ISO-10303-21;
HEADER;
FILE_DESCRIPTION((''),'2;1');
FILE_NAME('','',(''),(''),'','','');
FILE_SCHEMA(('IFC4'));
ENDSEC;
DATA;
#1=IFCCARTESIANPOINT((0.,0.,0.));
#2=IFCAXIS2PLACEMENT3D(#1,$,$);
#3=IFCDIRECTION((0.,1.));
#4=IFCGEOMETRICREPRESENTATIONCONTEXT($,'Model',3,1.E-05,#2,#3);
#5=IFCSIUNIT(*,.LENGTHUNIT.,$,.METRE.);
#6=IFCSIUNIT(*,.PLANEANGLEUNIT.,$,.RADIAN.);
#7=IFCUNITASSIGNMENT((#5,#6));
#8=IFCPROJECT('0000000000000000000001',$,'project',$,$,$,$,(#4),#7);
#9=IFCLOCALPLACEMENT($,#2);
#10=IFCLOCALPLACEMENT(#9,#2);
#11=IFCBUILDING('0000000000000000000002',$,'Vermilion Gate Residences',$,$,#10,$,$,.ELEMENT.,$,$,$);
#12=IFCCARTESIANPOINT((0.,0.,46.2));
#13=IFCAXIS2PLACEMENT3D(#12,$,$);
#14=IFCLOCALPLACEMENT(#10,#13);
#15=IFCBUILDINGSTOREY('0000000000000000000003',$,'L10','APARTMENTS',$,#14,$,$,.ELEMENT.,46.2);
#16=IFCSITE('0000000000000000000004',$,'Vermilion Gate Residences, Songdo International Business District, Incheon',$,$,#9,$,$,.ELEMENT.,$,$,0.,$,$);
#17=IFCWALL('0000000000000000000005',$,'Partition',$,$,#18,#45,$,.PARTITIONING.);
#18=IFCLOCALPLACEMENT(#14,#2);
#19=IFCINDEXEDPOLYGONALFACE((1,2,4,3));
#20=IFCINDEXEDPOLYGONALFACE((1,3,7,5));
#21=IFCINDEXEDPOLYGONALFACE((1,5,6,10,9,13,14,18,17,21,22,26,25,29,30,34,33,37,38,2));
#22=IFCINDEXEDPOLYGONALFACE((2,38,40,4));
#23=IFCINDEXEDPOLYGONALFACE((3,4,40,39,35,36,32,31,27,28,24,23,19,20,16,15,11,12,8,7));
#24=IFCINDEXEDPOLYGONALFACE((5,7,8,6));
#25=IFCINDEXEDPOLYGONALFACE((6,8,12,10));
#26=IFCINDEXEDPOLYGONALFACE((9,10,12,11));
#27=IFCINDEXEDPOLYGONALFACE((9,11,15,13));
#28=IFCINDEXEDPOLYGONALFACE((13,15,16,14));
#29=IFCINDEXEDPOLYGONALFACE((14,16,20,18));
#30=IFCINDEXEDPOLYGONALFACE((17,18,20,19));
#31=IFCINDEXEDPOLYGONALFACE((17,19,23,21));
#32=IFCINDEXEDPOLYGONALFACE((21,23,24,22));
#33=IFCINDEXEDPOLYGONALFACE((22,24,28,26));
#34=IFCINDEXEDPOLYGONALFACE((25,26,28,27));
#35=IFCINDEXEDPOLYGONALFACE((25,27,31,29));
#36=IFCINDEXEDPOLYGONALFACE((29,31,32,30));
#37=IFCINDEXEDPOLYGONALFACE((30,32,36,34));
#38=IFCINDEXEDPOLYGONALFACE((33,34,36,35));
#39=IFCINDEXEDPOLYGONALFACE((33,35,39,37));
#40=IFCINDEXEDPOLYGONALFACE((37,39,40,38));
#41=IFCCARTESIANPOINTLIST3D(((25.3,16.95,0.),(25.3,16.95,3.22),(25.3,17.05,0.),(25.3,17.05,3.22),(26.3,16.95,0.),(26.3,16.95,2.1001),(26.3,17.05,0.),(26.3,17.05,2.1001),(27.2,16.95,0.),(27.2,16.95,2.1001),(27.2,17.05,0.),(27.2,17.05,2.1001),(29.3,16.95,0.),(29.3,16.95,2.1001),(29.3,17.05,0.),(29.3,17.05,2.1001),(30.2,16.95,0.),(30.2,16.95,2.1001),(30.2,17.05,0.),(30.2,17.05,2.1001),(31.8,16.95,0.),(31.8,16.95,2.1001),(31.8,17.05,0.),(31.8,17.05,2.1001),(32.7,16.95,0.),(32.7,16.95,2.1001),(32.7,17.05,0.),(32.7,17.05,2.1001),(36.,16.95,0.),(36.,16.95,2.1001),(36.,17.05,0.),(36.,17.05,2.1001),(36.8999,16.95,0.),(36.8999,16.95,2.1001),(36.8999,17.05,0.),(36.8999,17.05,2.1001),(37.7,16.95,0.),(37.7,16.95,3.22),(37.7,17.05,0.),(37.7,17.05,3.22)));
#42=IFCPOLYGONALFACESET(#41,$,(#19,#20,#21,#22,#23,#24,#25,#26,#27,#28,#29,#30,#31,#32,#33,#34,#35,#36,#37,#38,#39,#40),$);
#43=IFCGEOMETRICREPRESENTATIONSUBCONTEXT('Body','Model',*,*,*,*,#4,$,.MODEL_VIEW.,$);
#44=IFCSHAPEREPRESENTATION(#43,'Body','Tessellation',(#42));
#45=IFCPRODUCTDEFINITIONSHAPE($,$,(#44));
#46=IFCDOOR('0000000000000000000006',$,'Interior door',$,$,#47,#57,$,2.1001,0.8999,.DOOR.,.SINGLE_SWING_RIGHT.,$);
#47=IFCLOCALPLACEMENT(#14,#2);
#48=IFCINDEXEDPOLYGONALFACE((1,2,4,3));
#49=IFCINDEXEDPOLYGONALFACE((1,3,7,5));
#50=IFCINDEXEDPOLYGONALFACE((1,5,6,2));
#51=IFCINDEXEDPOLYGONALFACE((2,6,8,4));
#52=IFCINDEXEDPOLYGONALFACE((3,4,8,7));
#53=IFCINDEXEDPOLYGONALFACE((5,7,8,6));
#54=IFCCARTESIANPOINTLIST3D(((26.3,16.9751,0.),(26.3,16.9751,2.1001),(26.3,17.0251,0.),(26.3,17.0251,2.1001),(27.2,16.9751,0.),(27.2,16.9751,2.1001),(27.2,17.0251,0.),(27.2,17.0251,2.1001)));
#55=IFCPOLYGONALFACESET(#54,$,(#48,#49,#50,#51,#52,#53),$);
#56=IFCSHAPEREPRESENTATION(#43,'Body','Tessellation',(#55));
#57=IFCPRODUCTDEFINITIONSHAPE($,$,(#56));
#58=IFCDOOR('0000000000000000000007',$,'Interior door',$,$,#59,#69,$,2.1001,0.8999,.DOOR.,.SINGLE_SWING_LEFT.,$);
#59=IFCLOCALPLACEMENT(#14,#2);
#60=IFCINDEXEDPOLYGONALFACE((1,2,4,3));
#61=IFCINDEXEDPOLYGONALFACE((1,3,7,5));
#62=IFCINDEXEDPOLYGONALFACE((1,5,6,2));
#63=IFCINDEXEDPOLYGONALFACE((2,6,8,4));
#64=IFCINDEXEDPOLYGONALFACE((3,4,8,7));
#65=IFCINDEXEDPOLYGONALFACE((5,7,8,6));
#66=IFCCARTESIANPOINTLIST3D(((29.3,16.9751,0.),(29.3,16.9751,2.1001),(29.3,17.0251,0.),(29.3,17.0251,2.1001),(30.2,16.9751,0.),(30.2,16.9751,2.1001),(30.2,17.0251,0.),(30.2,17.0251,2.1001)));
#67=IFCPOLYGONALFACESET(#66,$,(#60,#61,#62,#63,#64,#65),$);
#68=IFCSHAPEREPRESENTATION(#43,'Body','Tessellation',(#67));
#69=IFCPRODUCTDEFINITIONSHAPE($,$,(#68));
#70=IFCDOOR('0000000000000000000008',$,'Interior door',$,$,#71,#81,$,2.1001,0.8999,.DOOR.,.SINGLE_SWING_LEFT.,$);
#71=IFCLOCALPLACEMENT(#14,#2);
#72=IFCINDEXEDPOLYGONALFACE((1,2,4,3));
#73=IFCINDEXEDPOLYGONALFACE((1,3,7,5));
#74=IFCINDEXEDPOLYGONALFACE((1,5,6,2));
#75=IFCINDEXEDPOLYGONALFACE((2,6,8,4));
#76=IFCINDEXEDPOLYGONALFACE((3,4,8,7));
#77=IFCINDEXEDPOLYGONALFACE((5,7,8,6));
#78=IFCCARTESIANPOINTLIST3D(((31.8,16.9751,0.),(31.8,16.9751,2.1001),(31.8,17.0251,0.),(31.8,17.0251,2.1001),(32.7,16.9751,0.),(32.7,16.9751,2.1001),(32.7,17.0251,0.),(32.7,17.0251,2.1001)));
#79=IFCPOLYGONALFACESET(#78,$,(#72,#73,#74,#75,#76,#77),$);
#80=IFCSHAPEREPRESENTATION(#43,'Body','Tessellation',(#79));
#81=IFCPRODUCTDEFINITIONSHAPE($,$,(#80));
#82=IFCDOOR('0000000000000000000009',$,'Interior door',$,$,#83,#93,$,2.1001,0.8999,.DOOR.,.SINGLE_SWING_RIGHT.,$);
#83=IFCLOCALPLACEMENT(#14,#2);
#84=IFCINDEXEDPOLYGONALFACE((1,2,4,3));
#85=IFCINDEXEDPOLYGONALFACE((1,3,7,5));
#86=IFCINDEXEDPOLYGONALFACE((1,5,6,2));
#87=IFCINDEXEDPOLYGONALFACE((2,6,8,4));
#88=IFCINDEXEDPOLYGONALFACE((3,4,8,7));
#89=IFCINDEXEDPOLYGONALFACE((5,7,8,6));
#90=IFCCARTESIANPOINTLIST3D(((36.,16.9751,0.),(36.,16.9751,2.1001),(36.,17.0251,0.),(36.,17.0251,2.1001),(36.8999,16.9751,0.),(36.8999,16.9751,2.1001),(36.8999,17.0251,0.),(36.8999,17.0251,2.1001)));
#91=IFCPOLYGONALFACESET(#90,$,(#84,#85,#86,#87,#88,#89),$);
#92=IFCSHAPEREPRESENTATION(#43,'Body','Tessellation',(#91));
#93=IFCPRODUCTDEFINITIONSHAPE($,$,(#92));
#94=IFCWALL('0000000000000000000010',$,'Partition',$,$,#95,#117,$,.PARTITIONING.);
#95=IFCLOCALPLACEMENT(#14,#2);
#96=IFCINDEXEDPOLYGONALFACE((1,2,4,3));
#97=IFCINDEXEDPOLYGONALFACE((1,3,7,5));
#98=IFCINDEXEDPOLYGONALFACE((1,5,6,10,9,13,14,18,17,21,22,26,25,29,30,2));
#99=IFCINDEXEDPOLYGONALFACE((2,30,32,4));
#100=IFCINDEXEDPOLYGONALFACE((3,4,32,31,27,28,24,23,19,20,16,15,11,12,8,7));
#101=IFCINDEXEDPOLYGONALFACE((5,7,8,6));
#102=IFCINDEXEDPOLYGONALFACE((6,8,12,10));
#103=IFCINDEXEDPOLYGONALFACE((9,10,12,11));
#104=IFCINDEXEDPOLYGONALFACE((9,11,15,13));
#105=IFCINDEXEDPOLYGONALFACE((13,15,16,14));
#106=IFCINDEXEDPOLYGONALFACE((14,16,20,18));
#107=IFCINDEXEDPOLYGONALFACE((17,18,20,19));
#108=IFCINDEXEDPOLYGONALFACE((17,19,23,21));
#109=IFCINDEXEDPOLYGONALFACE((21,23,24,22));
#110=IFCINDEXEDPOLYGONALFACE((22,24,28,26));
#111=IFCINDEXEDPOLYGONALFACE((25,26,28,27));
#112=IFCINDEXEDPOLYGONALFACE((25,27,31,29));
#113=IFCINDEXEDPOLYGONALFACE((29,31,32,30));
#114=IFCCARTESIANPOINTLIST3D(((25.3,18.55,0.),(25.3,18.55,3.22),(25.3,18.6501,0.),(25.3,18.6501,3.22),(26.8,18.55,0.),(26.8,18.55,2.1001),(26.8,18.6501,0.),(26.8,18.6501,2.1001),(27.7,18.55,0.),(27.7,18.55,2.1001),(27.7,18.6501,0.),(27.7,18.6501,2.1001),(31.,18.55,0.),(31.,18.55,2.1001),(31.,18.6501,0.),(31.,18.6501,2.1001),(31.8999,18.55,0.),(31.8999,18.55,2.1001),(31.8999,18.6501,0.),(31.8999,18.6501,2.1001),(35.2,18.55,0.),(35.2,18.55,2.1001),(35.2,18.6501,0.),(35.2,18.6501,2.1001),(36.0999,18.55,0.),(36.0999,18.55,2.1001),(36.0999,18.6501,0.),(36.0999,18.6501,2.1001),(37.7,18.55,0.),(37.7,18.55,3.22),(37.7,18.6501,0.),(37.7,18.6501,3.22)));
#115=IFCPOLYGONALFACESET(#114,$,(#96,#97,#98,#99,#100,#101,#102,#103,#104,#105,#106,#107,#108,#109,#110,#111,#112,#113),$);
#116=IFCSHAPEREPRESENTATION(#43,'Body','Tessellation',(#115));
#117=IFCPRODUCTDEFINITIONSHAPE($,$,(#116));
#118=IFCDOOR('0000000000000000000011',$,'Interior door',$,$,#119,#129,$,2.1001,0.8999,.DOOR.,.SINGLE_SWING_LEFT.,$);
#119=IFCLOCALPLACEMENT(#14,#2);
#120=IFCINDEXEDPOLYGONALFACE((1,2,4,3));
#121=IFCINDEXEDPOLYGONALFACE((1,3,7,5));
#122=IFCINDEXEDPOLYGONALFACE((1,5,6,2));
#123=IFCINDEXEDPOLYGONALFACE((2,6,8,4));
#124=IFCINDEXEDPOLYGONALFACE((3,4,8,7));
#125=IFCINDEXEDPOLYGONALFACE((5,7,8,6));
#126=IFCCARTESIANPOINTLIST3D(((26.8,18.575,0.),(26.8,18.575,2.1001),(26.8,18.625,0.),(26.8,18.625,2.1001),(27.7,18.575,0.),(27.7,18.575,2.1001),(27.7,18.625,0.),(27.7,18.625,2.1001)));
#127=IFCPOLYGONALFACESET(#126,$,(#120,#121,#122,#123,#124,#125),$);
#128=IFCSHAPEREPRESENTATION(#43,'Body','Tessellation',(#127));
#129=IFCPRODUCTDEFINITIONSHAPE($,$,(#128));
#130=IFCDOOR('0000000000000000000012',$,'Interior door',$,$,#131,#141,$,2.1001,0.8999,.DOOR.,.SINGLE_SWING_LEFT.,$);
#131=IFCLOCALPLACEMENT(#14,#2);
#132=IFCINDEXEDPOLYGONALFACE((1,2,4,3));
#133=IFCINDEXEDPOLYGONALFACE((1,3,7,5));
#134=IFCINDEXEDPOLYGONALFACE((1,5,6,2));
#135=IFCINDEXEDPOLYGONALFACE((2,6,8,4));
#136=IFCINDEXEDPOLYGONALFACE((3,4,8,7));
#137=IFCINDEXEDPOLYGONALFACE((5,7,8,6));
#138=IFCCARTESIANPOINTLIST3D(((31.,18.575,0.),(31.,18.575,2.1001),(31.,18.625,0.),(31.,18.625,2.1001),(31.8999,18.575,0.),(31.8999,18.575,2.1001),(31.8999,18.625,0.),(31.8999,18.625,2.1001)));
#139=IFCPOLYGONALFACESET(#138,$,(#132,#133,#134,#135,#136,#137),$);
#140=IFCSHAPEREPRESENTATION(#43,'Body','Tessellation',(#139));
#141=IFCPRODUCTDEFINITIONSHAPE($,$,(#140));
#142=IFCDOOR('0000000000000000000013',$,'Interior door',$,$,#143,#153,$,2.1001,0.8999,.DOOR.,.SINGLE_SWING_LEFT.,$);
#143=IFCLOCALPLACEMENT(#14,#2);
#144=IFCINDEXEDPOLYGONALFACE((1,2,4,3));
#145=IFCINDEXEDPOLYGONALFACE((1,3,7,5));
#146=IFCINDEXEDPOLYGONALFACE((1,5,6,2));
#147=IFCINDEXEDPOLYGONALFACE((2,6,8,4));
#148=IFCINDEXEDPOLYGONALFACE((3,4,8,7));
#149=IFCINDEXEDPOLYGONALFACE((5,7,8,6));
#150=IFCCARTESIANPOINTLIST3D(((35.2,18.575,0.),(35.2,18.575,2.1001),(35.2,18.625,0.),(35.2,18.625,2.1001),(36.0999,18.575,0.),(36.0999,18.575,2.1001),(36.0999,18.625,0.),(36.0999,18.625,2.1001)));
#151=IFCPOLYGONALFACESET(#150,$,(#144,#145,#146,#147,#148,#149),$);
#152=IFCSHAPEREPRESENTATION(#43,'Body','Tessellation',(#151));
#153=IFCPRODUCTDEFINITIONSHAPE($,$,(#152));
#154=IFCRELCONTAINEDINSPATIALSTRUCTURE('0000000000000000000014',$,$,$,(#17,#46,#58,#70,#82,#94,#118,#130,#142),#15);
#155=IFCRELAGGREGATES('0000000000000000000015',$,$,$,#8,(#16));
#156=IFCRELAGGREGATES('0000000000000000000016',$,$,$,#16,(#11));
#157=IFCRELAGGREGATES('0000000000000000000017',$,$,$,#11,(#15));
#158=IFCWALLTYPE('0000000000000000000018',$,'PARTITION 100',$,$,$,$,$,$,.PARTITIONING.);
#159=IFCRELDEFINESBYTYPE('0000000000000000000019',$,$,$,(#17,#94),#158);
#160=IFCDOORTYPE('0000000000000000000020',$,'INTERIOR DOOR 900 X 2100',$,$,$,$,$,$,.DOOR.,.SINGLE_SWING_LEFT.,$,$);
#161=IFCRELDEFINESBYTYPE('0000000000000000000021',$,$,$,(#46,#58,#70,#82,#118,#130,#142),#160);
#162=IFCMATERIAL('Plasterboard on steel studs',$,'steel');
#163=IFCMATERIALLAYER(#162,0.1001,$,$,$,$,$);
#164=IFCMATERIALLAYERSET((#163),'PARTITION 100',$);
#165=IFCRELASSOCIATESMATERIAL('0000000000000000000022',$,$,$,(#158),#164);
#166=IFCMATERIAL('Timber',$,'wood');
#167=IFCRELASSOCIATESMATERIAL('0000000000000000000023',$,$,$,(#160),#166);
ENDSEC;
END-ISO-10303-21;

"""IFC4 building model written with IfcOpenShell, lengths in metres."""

from ifc_helpers import new_model, si_unit, direction, frame, frame_2d, origin, place, context, subcontext, project, spatial, rectangle, extrude, material, layer, layer_set, type_object, element, fill, save


model = new_model("IFC4")

# Units and contexts
model_context = context("Model", 3, precision=1e-05, world=origin(), true_north=direction((0.0, 1.0)))
body_context = subcontext(model_context, "Body", "Model", "MODEL_VIEW")
ifc_project = project(units=[si_unit("LENGTHUNIT", "METRE"), si_unit("PLANEANGLEUNIT", "RADIAN")], contexts=[model_context])

# Site, building, storey
site_placement = place(None, origin())
site = spatial("IfcSite", under=ifc_project, at=site_placement, Name="Vermilion Gate Residences, Songdo International Business District, Incheon", CompositionType="ELEMENT", RefElevation=0.0)
building_placement = place(site_placement, origin())
building = spatial("IfcBuilding", under=site, at=building_placement, Name="Vermilion Gate Residences", CompositionType="ELEMENT")
storey_placement = place(building_placement, frame((0.0, 0.0, 46.2)))
storey = spatial("IfcBuildingStorey", under=building, at=storey_placement, Name="L10", Description="APARTMENTS", CompositionType="ELEMENT", Elevation=46.2)

# Walls, openings, doors
ifc_material_1 = material(Name="Plasterboard on steel studs", Category="steel")
ifc_layer_1 = layer(ifc_material_1, 0.1001)
ifc_layer_set_1 = layer_set([ifc_layer_1], Name="PARTITION 100")
wall_type_1 = type_object("IfcWallType", Name="PARTITION 100", PredefinedType="PARTITIONING", material=ifc_layer_set_1)
wall_1_placement = place(storey_placement, frame((25.3, 17.0, 0.0), z_axis=(0.0, 0.0, 1.0), x_axis=(1.0, 0.0, 0.0)))
wall_1 = element("IfcWall", 1, at=wall_1_placement, inside=storey, type_object=wall_type_1, Name="Partition", PredefinedType="PARTITIONING", context=body_context, shape_type="SweptSolid", body=[
    extrude(rectangle(XDim=12.3999, YDim=0.1001, at=frame_2d((6.2, 0.0))), origin(), (0.0, 0.0, 1.0), 3.22),
])
opening_1_placement = place(wall_1_placement, frame((1.0, 0.0, 0.0)))
opening_1 = element("IfcOpeningElement", 2, at=opening_1_placement, cuts=wall_1, PredefinedType="OPENING", context=body_context, shape_type="SweptSolid", body=[
    extrude(rectangle(XDim=0.8999, YDim=2.1001, at=frame_2d((0.45, 1.05))), frame((0.0, 0.0601, 0.0), z_axis=(0.0, -1.0, 0.0), x_axis=(1.0, 0.0, 0.0)), (0.0, 0.0, 1.0), 0.1201),
])
opening_2_placement = place(wall_1_placement, frame((4.0, 0.0, 0.0)))
opening_2 = element("IfcOpeningElement", 3, at=opening_2_placement, cuts=wall_1, PredefinedType="OPENING", context=body_context, shape_type="SweptSolid", body=[
    extrude(rectangle(XDim=0.8999, YDim=2.1001, at=frame_2d((0.45, 1.05))), frame((0.0, 0.0601, 0.0), z_axis=(0.0, -1.0, 0.0), x_axis=(1.0, 0.0, 0.0)), (0.0, 0.0, 1.0), 0.1201),
])
opening_3_placement = place(wall_1_placement, frame((6.5, 0.0, 0.0)))
opening_3 = element("IfcOpeningElement", 4, at=opening_3_placement, cuts=wall_1, PredefinedType="OPENING", context=body_context, shape_type="SweptSolid", body=[
    extrude(rectangle(XDim=0.8999, YDim=2.1001, at=frame_2d((0.45, 1.05))), frame((0.0, 0.0601, 0.0), z_axis=(0.0, -1.0, 0.0), x_axis=(1.0, 0.0, 0.0)), (0.0, 0.0, 1.0), 0.1201),
])
opening_4_placement = place(wall_1_placement, frame((10.7, 0.0, 0.0)))
opening_4 = element("IfcOpeningElement", 5, at=opening_4_placement, cuts=wall_1, PredefinedType="OPENING", context=body_context, shape_type="SweptSolid", body=[
    extrude(rectangle(XDim=0.8999, YDim=2.1001, at=frame_2d((0.45, 1.05))), frame((0.0, 0.0601, 0.0), z_axis=(0.0, -1.0, 0.0), x_axis=(1.0, 0.0, 0.0)), (0.0, 0.0, 1.0), 0.1201),
])
ifc_material_2 = material(Name="Timber", Category="wood")
door_type_1 = type_object("IfcDoorType", Name="INTERIOR DOOR 900 X 2100", OperationType="SINGLE_SWING_LEFT", PredefinedType="DOOR", material=ifc_material_2)
door_1_placement = place(opening_1_placement, frame((0.8999, 0.0, 0.0), z_axis=(0.0, 0.0, 1.0), x_axis=(-1.0, 0.0, 0.0)))
door_1 = element("IfcDoor", 6, at=door_1_placement, inside=storey, type_object=door_type_1, Name="Interior door", OperationType="SINGLE_SWING_RIGHT", OverallHeight=2.1001, OverallWidth=0.8999, PredefinedType="DOOR", context=body_context, shape_type="SweptSolid", body=[
    extrude(rectangle(XDim=0.8999, YDim=2.1001, at=frame_2d((0.45, 1.05))), frame((0.0, 0.0249, 0.0), z_axis=(0.0, -1.0, 0.0), x_axis=(1.0, 0.0, 0.0)), (0.0, 0.0, 1.0), 0.05),
])
fill(opening_1, door_1)
door_2_placement = place(opening_2_placement, frame((0.8999, 0.0, 0.0), z_axis=(0.0, 0.0, 1.0), x_axis=(-1.0, 0.0, 0.0)))
door_2 = element("IfcDoor", 7, at=door_2_placement, inside=storey, type_object=door_type_1, Name="Interior door", OperationType="SINGLE_SWING_LEFT", OverallHeight=2.1001, OverallWidth=0.8999, PredefinedType="DOOR", context=body_context, shape_type="SweptSolid", body=[
    extrude(rectangle(XDim=0.8999, YDim=2.1001, at=frame_2d((0.45, 1.05))), frame((0.0, 0.0249, 0.0), z_axis=(0.0, -1.0, 0.0), x_axis=(1.0, 0.0, 0.0)), (0.0, 0.0, 1.0), 0.05),
])
fill(opening_2, door_2)
door_3_placement = place(opening_3_placement, frame((0.8999, 0.0, 0.0), z_axis=(0.0, 0.0, 1.0), x_axis=(-1.0, 0.0, 0.0)))
door_3 = element("IfcDoor", 8, at=door_3_placement, inside=storey, type_object=door_type_1, Name="Interior door", OperationType="SINGLE_SWING_LEFT", OverallHeight=2.1001, OverallWidth=0.8999, PredefinedType="DOOR", context=body_context, shape_type="SweptSolid", body=[
    extrude(rectangle(XDim=0.8999, YDim=2.1001, at=frame_2d((0.45, 1.05))), frame((0.0, 0.0249, 0.0), z_axis=(0.0, -1.0, 0.0), x_axis=(1.0, 0.0, 0.0)), (0.0, 0.0, 1.0), 0.05),
])
fill(opening_3, door_3)
door_4_placement = place(opening_4_placement, frame((0.8999, 0.0, 0.0), z_axis=(0.0, 0.0, 1.0), x_axis=(-1.0, 0.0, 0.0)))
door_4 = element("IfcDoor", 9, at=door_4_placement, inside=storey, type_object=door_type_1, Name="Interior door", OperationType="SINGLE_SWING_RIGHT", OverallHeight=2.1001, OverallWidth=0.8999, PredefinedType="DOOR", context=body_context, shape_type="SweptSolid", body=[
    extrude(rectangle(XDim=0.8999, YDim=2.1001, at=frame_2d((0.45, 1.05))), frame((0.0, 0.0249, 0.0), z_axis=(0.0, -1.0, 0.0), x_axis=(1.0, 0.0, 0.0)), (0.0, 0.0, 1.0), 0.05),
])
fill(opening_4, door_4)
wall_2_placement = place(storey_placement, frame((25.3, 18.6001, 0.0), z_axis=(0.0, 0.0, 1.0), x_axis=(1.0, 0.0, 0.0)))
wall_2 = element("IfcWall", 10, at=wall_2_placement, inside=storey, type_object=wall_type_1, Name="Partition", PredefinedType="PARTITIONING", context=body_context, shape_type="SweptSolid", body=[
    extrude(rectangle(XDim=12.3999, YDim=0.1001, at=frame_2d((6.2, 0.0))), origin(), (0.0, 0.0, 1.0), 3.22),
])
opening_5_placement = place(wall_2_placement, frame((1.5, 0.0, 0.0)))
opening_5 = element("IfcOpeningElement", 11, at=opening_5_placement, cuts=wall_2, PredefinedType="OPENING", context=body_context, shape_type="SweptSolid", body=[
    extrude(rectangle(XDim=0.8999, YDim=2.1001, at=frame_2d((0.45, 1.05))), frame((0.0, 0.0601, 0.0), z_axis=(0.0, -1.0, 0.0), x_axis=(1.0, 0.0, 0.0)), (0.0, 0.0, 1.0), 0.1201),
])
opening_6_placement = place(wall_2_placement, frame((5.7, 0.0, 0.0)))
opening_6 = element("IfcOpeningElement", 12, at=opening_6_placement, cuts=wall_2, PredefinedType="OPENING", context=body_context, shape_type="SweptSolid", body=[
    extrude(rectangle(XDim=0.8999, YDim=2.1001, at=frame_2d((0.45, 1.05))), frame((0.0, 0.0601, 0.0), z_axis=(0.0, -1.0, 0.0), x_axis=(1.0, 0.0, 0.0)), (0.0, 0.0, 1.0), 0.1201),
])
opening_7_placement = place(wall_2_placement, frame((9.8999, 0.0, 0.0)))
opening_7 = element("IfcOpeningElement", 13, at=opening_7_placement, cuts=wall_2, PredefinedType="OPENING", context=body_context, shape_type="SweptSolid", body=[
    extrude(rectangle(XDim=0.8999, YDim=2.1001, at=frame_2d((0.45, 1.05))), frame((0.0, 0.0601, 0.0), z_axis=(0.0, -1.0, 0.0), x_axis=(1.0, 0.0, 0.0)), (0.0, 0.0, 1.0), 0.1201),
])
door_5_placement = place(opening_5_placement, origin())
door_5 = element("IfcDoor", 14, at=door_5_placement, inside=storey, type_object=door_type_1, Name="Interior door", OperationType="SINGLE_SWING_LEFT", OverallHeight=2.1001, OverallWidth=0.8999, PredefinedType="DOOR", context=body_context, shape_type="SweptSolid", body=[
    extrude(rectangle(XDim=0.8999, YDim=2.1001, at=frame_2d((0.45, 1.05))), frame((0.0, 0.0249, 0.0), z_axis=(0.0, -1.0, 0.0), x_axis=(1.0, 0.0, 0.0)), (0.0, 0.0, 1.0), 0.05),
])
fill(opening_5, door_5)
door_6_placement = place(opening_6_placement, origin())
door_6 = element("IfcDoor", 15, at=door_6_placement, inside=storey, type_object=door_type_1, Name="Interior door", OperationType="SINGLE_SWING_LEFT", OverallHeight=2.1001, OverallWidth=0.8999, PredefinedType="DOOR", context=body_context, shape_type="SweptSolid", body=[
    extrude(rectangle(XDim=0.8999, YDim=2.1001, at=frame_2d((0.45, 1.05))), frame((0.0, 0.0249, 0.0), z_axis=(0.0, -1.0, 0.0), x_axis=(1.0, 0.0, 0.0)), (0.0, 0.0, 1.0), 0.05),
])
fill(opening_6, door_6)
door_7_placement = place(opening_7_placement, origin())
door_7 = element("IfcDoor", 16, at=door_7_placement, inside=storey, type_object=door_type_1, Name="Interior door", OperationType="SINGLE_SWING_LEFT", OverallHeight=2.1001, OverallWidth=0.8999, PredefinedType="DOOR", context=body_context, shape_type="SweptSolid", body=[
    extrude(rectangle(XDim=0.8999, YDim=2.1001, at=frame_2d((0.45, 1.05))), frame((0.0, 0.0249, 0.0), z_axis=(0.0, -1.0, 0.0), x_axis=(1.0, 0.0, 0.0)), (0.0, 0.0, 1.0), 0.05),
])
fill(opening_7, door_7)

save(model, "model.ifc")
